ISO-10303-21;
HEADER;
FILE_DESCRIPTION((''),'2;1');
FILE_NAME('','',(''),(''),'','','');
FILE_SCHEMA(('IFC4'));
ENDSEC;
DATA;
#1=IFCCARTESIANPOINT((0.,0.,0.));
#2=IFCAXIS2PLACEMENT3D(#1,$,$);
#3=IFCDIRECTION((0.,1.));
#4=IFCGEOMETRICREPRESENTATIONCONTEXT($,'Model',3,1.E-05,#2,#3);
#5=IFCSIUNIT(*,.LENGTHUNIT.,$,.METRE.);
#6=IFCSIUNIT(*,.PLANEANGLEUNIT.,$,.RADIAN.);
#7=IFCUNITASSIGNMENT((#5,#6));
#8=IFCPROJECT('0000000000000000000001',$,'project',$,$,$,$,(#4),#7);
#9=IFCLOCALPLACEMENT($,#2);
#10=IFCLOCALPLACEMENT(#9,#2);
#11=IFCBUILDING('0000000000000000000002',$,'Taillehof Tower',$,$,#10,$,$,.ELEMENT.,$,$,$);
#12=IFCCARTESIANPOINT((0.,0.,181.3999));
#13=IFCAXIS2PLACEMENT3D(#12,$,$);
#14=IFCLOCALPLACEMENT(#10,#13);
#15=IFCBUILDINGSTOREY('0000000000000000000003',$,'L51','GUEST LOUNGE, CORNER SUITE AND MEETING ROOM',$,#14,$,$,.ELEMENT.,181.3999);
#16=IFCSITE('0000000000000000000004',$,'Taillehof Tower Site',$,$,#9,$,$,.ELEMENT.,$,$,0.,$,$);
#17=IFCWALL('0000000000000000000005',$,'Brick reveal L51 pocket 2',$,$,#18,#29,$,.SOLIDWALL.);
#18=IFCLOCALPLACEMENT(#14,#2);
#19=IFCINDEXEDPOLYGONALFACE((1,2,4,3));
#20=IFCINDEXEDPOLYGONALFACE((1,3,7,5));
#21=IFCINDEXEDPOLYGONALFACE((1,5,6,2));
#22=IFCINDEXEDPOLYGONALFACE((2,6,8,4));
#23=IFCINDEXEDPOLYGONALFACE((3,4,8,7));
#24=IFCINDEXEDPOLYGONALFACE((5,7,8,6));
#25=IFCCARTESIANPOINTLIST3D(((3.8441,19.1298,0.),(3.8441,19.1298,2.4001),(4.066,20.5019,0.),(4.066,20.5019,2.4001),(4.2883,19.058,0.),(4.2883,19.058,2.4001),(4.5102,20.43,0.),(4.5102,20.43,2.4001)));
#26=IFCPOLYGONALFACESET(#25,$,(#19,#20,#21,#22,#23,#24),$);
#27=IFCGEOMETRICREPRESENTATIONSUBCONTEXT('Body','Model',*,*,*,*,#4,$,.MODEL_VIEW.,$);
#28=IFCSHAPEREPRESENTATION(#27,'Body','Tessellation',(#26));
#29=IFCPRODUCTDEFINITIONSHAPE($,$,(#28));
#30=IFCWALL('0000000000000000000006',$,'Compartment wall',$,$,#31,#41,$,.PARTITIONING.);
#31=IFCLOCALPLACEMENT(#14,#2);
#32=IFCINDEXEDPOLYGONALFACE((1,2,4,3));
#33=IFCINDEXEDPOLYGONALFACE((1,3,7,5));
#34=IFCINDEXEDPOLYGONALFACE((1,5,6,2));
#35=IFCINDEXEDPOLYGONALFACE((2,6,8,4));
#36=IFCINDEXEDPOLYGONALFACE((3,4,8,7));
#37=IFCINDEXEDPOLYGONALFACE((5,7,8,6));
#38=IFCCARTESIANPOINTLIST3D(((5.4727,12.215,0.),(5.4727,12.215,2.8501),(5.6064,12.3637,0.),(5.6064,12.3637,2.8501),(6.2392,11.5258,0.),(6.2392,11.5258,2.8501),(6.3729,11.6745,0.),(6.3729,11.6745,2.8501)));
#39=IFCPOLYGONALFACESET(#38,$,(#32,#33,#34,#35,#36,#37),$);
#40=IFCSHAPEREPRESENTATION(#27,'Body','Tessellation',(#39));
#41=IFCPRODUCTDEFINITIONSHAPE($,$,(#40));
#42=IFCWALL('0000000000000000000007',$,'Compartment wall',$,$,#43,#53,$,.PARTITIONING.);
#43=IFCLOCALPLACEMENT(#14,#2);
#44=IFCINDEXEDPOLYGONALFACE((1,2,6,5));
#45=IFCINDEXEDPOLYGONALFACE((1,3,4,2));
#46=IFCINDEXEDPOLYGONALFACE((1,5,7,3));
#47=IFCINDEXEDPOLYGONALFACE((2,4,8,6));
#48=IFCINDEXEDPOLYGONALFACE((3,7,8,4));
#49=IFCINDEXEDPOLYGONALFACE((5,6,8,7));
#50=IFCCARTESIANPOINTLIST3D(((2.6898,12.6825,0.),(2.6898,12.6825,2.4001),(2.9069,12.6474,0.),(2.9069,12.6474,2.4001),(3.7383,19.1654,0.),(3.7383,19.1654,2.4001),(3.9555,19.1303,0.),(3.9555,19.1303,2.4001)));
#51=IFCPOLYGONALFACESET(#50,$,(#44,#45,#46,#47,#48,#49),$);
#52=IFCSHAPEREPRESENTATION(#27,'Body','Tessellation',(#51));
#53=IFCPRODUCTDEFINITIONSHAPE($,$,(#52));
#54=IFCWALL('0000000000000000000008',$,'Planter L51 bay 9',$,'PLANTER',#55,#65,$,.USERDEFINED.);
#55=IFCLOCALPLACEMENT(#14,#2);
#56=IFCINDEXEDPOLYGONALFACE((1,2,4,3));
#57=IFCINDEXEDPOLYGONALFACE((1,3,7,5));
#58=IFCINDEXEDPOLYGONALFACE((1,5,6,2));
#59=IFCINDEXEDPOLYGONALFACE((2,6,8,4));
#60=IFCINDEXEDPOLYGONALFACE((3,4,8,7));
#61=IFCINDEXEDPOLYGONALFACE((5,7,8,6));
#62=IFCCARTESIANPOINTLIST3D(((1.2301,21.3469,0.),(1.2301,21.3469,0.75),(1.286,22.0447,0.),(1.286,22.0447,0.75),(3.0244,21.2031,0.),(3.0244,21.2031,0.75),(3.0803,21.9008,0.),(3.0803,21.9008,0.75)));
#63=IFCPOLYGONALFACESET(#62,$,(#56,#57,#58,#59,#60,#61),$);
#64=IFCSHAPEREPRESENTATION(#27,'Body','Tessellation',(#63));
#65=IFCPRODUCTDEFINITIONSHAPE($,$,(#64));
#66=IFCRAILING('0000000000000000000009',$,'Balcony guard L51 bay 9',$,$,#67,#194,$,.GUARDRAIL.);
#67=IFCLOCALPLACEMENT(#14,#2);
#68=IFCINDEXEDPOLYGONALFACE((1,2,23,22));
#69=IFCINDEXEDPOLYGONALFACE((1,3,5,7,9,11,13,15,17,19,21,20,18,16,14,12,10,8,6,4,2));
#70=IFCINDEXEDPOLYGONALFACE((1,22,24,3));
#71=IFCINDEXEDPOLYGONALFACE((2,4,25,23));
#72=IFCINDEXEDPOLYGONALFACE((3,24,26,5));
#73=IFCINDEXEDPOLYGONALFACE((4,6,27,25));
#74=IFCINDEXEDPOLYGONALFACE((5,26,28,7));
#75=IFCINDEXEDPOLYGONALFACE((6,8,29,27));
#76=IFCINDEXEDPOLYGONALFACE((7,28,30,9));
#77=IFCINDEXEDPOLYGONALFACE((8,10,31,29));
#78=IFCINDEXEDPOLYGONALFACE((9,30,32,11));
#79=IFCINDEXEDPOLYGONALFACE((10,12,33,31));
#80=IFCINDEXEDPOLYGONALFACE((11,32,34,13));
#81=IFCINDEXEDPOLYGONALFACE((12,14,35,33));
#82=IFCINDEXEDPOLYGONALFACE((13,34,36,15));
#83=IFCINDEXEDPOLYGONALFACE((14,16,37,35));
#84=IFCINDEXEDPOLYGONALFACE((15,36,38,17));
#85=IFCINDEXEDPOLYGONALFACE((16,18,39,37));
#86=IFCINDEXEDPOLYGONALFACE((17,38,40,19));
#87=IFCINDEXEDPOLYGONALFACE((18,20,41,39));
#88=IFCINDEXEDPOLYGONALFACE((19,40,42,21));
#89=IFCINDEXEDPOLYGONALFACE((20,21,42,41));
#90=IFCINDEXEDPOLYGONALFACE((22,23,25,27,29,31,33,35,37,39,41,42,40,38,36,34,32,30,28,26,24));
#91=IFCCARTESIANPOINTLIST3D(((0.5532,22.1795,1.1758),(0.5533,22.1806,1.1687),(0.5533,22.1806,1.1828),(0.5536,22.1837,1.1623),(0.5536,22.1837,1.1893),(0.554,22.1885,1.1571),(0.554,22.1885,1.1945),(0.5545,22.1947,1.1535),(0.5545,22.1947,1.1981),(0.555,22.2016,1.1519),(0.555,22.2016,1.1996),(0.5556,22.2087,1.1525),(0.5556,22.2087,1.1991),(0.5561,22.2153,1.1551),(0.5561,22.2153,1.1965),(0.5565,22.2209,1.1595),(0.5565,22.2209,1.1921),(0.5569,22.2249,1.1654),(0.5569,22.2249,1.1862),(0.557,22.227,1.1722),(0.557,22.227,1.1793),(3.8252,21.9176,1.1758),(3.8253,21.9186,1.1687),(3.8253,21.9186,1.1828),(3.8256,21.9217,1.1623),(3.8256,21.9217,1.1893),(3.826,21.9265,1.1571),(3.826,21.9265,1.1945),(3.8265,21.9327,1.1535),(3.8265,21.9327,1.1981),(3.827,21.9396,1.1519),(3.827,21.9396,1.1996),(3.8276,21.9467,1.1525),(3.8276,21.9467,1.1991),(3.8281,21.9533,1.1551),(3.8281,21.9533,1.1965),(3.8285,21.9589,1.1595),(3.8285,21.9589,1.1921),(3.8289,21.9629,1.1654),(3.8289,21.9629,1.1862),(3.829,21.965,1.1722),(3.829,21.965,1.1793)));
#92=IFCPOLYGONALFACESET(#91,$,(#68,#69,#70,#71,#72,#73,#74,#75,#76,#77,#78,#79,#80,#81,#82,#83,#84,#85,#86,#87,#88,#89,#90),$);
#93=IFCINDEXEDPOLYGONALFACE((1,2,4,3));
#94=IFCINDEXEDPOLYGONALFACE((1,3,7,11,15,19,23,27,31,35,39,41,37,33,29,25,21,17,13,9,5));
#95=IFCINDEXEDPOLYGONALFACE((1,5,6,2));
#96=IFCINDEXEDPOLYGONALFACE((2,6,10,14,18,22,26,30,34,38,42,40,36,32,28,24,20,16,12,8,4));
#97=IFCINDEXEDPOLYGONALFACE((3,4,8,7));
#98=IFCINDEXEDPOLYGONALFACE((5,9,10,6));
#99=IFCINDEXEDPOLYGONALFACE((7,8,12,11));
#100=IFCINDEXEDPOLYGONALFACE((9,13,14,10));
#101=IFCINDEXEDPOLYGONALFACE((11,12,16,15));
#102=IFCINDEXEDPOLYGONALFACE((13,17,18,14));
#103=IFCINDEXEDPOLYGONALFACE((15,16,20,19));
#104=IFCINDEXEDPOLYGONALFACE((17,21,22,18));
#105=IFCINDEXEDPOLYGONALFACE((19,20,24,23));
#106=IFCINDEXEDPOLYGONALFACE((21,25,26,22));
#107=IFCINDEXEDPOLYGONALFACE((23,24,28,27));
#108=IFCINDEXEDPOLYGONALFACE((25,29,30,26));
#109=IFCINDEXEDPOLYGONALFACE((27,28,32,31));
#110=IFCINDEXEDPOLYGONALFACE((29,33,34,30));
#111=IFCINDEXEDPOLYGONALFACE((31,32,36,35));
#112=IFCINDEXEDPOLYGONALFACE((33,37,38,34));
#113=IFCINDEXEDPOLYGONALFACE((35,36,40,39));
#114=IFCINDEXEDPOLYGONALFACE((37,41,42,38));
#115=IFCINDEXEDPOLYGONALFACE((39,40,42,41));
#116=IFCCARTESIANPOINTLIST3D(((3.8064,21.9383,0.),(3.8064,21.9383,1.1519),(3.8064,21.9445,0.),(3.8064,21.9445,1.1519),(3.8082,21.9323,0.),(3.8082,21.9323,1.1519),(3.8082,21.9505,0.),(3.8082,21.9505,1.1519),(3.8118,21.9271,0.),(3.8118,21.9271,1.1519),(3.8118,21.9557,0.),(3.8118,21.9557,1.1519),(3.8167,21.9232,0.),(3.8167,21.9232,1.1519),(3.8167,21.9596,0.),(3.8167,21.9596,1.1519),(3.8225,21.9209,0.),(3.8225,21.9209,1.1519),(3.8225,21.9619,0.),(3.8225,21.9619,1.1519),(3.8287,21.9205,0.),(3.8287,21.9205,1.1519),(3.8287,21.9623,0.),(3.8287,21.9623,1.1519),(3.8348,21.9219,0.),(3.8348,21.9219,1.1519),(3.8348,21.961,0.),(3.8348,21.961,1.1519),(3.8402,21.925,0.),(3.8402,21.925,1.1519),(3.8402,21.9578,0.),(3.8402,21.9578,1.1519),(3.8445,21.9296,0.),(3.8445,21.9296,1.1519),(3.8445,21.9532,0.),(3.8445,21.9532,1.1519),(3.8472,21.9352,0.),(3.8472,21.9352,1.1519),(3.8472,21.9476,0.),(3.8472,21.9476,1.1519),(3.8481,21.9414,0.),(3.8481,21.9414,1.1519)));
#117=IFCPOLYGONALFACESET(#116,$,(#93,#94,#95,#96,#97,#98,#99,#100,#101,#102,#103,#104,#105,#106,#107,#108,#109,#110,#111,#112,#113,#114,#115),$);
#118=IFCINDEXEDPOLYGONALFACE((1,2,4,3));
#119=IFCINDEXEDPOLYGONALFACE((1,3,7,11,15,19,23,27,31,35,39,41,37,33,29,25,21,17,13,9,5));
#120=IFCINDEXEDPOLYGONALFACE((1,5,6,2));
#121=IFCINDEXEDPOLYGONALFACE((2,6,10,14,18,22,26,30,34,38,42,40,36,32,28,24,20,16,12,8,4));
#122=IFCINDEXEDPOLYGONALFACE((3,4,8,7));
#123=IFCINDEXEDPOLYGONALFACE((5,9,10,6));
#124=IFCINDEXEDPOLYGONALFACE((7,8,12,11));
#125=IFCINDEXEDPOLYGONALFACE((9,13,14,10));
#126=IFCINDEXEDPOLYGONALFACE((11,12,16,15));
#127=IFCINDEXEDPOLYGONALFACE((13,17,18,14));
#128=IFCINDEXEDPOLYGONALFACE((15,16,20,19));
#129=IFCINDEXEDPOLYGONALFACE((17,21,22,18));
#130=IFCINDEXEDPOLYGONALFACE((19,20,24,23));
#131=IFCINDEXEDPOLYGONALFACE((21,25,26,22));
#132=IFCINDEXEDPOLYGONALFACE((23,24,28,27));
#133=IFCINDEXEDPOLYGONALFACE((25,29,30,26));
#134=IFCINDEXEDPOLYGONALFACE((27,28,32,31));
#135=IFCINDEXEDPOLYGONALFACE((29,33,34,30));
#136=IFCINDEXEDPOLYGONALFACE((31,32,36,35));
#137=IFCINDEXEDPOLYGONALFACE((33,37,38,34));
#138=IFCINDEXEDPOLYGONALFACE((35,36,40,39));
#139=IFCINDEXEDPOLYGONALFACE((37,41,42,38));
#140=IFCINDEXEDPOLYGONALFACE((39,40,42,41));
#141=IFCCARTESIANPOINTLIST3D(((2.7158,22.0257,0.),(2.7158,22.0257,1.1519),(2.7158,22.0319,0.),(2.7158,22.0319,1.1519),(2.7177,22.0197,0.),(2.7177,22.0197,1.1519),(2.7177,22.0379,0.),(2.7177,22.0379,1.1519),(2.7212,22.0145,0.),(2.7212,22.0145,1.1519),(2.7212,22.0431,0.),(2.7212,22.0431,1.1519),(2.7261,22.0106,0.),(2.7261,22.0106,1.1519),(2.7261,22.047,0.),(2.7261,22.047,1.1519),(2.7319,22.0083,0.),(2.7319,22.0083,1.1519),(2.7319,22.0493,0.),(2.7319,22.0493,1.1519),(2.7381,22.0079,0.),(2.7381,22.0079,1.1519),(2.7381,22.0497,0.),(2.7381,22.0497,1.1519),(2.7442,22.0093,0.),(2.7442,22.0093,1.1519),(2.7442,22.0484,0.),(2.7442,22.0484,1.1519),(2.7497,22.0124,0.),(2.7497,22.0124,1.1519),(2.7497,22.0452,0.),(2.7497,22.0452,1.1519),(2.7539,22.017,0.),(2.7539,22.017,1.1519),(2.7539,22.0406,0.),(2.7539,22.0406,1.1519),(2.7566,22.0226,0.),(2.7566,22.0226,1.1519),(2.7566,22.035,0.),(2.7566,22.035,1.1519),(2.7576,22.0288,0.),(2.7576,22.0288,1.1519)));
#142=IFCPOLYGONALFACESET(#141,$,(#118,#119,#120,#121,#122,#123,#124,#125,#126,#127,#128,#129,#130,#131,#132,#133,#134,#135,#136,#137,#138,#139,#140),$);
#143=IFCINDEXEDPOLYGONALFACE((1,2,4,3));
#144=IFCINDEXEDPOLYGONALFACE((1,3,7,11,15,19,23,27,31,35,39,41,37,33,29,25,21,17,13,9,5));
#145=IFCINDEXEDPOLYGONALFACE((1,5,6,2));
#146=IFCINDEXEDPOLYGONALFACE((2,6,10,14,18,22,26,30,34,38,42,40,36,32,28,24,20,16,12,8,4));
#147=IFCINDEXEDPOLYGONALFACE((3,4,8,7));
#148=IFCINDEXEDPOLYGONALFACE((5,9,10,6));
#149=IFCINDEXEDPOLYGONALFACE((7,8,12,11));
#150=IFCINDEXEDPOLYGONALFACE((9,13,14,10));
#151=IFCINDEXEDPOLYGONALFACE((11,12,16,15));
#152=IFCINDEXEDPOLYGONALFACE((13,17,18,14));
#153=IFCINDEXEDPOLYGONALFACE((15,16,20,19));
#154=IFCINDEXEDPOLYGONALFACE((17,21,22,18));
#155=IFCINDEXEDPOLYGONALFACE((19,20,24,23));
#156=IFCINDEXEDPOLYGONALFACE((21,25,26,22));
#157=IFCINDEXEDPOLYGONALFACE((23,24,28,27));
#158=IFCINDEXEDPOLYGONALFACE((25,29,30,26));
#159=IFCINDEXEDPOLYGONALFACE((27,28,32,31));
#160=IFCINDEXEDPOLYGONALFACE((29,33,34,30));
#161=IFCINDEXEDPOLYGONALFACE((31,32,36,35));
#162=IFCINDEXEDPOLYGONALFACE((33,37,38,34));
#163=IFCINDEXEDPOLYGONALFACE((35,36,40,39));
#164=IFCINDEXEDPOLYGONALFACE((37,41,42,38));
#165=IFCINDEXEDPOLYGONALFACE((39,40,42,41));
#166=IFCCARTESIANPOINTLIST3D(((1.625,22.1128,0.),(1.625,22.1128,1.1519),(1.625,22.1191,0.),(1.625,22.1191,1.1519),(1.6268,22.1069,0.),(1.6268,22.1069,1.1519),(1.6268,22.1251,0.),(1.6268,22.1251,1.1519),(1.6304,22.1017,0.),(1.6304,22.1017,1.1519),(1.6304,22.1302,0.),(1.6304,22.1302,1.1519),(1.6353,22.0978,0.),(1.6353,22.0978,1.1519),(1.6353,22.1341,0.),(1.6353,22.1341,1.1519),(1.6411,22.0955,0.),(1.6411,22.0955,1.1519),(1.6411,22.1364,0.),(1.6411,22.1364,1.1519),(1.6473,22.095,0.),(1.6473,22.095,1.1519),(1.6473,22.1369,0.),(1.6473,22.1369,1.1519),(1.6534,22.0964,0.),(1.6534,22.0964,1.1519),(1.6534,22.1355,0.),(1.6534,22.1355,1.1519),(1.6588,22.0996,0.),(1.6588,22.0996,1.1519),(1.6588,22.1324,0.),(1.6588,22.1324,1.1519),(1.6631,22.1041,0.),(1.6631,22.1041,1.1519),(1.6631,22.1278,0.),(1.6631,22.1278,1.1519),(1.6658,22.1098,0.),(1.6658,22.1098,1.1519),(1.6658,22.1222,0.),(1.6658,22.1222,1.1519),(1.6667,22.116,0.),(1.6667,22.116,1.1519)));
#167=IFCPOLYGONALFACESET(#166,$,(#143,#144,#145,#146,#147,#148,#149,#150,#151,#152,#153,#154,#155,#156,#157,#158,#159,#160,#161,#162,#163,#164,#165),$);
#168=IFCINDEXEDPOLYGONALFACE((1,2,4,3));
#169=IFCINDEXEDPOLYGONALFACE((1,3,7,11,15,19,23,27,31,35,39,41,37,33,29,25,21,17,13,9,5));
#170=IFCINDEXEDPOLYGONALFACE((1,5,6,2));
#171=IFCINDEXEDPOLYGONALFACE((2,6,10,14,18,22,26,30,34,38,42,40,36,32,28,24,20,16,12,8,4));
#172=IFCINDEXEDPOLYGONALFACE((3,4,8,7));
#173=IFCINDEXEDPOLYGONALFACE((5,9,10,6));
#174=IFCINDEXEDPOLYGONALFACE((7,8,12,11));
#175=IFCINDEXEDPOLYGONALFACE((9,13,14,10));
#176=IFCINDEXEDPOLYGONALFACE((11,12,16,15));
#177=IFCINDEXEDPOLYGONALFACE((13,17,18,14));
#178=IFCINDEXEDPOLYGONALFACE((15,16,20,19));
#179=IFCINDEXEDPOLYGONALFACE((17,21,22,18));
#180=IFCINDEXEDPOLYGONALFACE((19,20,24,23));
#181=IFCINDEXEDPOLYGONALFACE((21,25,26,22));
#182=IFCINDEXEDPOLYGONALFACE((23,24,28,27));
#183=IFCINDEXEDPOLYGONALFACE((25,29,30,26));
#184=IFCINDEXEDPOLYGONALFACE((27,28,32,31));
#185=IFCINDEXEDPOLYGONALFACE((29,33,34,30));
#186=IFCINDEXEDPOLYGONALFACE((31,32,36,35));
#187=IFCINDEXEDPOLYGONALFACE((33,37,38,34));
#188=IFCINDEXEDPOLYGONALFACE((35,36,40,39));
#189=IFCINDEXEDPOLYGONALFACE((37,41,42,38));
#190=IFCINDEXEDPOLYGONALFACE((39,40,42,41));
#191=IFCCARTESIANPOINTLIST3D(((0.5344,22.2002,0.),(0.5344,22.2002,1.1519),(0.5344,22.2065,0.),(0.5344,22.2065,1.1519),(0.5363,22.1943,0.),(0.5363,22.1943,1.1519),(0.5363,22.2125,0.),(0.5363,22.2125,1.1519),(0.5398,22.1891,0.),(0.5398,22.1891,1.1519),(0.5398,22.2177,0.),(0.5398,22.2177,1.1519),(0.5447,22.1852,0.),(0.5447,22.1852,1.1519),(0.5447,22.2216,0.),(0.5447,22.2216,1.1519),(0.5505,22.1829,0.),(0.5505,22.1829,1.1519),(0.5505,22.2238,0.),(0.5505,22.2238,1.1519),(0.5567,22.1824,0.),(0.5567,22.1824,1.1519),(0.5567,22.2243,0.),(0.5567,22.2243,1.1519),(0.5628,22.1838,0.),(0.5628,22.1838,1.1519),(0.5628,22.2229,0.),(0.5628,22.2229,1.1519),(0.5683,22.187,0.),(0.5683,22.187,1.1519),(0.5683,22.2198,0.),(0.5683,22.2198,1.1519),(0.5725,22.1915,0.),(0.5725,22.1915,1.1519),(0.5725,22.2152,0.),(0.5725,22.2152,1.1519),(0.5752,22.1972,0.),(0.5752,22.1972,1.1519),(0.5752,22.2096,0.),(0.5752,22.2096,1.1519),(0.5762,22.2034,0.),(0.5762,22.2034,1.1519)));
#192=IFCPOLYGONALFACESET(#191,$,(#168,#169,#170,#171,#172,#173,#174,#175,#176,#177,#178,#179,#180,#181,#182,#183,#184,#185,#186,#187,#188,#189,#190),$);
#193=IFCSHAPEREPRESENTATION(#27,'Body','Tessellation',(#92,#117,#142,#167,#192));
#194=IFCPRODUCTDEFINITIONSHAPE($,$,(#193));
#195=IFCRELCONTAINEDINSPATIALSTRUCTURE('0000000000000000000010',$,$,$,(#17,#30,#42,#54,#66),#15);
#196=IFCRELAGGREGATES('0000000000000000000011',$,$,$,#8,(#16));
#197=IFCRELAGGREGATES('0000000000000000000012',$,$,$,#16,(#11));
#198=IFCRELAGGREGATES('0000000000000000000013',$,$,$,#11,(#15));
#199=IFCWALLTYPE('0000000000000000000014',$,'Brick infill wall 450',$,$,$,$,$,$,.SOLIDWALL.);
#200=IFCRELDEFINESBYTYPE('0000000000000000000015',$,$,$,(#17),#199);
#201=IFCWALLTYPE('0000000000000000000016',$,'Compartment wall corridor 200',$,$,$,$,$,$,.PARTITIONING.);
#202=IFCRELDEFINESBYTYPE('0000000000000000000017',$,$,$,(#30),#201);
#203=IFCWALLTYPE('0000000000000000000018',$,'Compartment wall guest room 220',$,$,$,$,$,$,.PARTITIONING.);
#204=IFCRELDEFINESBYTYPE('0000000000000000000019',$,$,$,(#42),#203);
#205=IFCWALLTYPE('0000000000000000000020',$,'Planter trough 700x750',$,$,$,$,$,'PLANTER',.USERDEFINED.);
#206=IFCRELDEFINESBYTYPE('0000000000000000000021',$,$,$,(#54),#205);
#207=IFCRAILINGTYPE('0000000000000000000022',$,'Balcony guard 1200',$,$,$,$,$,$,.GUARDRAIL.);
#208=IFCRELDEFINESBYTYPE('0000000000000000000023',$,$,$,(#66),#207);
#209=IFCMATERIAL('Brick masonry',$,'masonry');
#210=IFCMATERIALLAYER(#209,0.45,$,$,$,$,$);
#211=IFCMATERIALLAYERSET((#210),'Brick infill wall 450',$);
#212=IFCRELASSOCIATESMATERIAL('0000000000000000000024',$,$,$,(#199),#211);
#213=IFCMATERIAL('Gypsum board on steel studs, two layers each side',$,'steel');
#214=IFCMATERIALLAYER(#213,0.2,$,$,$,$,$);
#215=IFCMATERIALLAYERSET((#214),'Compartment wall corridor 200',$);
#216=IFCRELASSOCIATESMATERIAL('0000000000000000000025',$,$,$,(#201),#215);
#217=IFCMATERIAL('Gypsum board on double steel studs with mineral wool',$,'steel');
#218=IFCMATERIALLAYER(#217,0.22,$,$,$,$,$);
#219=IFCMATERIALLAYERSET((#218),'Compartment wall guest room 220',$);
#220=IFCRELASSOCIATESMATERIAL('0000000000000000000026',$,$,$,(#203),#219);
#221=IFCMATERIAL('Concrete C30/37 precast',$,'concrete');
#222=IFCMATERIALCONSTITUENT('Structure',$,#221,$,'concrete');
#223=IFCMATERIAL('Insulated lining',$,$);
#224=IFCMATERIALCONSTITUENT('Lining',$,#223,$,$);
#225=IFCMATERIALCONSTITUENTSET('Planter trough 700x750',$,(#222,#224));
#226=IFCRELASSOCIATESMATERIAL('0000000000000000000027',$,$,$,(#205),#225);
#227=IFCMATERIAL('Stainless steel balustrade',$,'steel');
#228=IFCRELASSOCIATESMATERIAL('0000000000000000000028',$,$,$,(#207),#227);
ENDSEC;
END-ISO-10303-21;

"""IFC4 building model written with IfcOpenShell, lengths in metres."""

from ifc_helpers import new_model, si_unit, direction, frame, frame_2d, origin, origin_2d, place, context, subcontext, project, spatial, rectangle, circle, extrude, material, layer, layer_set, constituent, constituent_set, type_object, element, save


model = new_model("IFC4")

# Units and contexts
model_context = context("Model", 3, precision=1e-05, world=origin(), true_north=direction((0.0, 1.0)))
body_context = subcontext(model_context, "Body", "Model", "MODEL_VIEW")
ifc_project = project(units=[si_unit("LENGTHUNIT", "METRE"), si_unit("PLANEANGLEUNIT", "RADIAN")], contexts=[model_context])

# Site, building, storey
site_placement = place(None, origin())
site = spatial("IfcSite", under=ifc_project, at=site_placement, Name="Taillehof Tower Site", CompositionType="ELEMENT", RefElevation=0.0)
building_placement = place(site_placement, origin())
building = spatial("IfcBuilding", under=site, at=building_placement, Name="Taillehof Tower", CompositionType="ELEMENT")
storey_placement = place(building_placement, frame((0.0, 0.0, 181.3999)))
storey = spatial("IfcBuildingStorey", under=building, at=storey_placement, Name="L51", Description="GUEST LOUNGE, CORNER SUITE AND MEETING ROOM", CompositionType="ELEMENT", Elevation=181.3999)

# Shared definitions
ifc_material_1 = material(Name="Brick masonry", Category="masonry")
ifc_layer_1 = layer(ifc_material_1, 0.45)
ifc_layer_set_1 = layer_set([ifc_layer_1], Name="Brick infill wall 450")
wall_type_1 = type_object("IfcWallType", Name="Brick infill wall 450", PredefinedType="SOLIDWALL", material=ifc_layer_set_1)

# Wall
wall_1_placement = place(storey_placement, frame((4.2881, 20.4658, 0.0), z_axis=(0.0, 0.0, 1.0), x_axis=(-0.159669, -0.987171, 0.0)))
element("IfcWall", 1, at=wall_1_placement, inside=storey, type_object=wall_type_1, Name="Brick reveal L51 pocket 2", PredefinedType="SOLIDWALL", context=body_context, shape_type="SweptSolid", body=[
    extrude(rectangle(XDim=1.3899, YDim=0.45, at=frame_2d((0.6948, 0.0))), origin(), (0.0, 0.0, 1.0), 2.4001),
])

# Walls
ifc_material_2 = material(Name="Gypsum board on steel studs, two layers each side", Category="steel")
ifc_layer_2 = layer(ifc_material_2, 0.2)
ifc_layer_set_2 = layer_set([ifc_layer_2], Name="Compartment wall corridor 200")
wall_type_2 = type_object("IfcWallType", Name="Compartment wall corridor 200", PredefinedType="PARTITIONING", material=ifc_layer_set_2)
wall_2_placement = place(storey_placement, frame((5.5396, 12.2893, 0.0), z_axis=(0.0, 0.0, 1.0), x_axis=(0.743647, -0.668572, 0.0)))
element("IfcWall", 2, at=wall_2_placement, inside=storey, type_object=wall_type_2, Name="Compartment wall", PredefinedType="PARTITIONING", context=body_context, shape_type="SweptSolid", body=[
    extrude(rectangle(XDim=1.0308, YDim=0.2, at=frame_2d((0.5154, 0.0))), origin(), (0.0, 0.0, 1.0), 2.8501),
])
ifc_material_3 = material(Name="Gypsum board on double steel studs with mineral wool", Category="steel")
ifc_layer_3 = layer(ifc_material_3, 0.22)
ifc_layer_set_3 = layer_set([ifc_layer_3], Name="Compartment wall guest room 220")
wall_type_3 = type_object("IfcWallType", Name="Compartment wall guest room 220", PredefinedType="PARTITIONING", material=ifc_layer_set_3)
wall_3_placement = place(storey_placement, frame((3.8469, 19.1479, 0.0), z_axis=(0.0, 0.0, 1.0), x_axis=(-0.159671, -0.98717, 0.0)))
element("IfcWall", 3, at=wall_3_placement, inside=storey, type_object=wall_type_3, Name="Compartment wall", PredefinedType="PARTITIONING", context=body_context, shape_type="SweptSolid", body=[
    extrude(rectangle(XDim=6.5671, YDim=0.22, at=frame_2d((3.2837, 0.0))), origin(), (0.0, 0.0, 1.0), 2.4001),
])
ifc_material_4 = material(Name="Concrete C30/37 precast", Category="concrete")
ifc_constituent_1 = constituent(ifc_material_4, Name="Structure", Category="concrete")
ifc_material_5 = material(Name="Insulated lining")
ifc_constituent_2 = constituent(ifc_material_5, Name="Lining")
ifc_constituent_set = constituent_set(constituents=[ifc_constituent_1, ifc_constituent_2], Name="Planter trough 700x750")
wall_type_4 = type_object("IfcWallType", Name="Planter trough 700x750", ElementType="PLANTER", PredefinedType="USERDEFINED", material=ifc_constituent_set)
wall_4_placement = place(storey_placement, frame((3.0522, 21.552, 0.0), z_axis=(0.0, 0.0, 1.0), x_axis=(-0.996804, 0.079891, 0.0)))
element("IfcWall", 4, at=wall_4_placement, inside=storey, type_object=wall_type_4, Name="Planter L51 bay 9", ObjectType="PLANTER", PredefinedType="USERDEFINED", context=body_context, shape_type="SweptSolid", body=[
    extrude(rectangle(XDim=1.8, YDim=0.7, at=frame_2d((0.8999, 0.0))), origin(), (0.0, 0.0, 1.0), 0.75),
])

# Railing
ifc_material_6 = material(Name="Stainless steel balustrade", Category="steel")
railing_type = type_object("IfcRailingType", Name="Balcony guard 1200", PredefinedType="GUARDRAIL", material=ifc_material_6)
railing_1_placement = place(storey_placement, frame((3.8271, 21.9414, 0.0)))
element("IfcRailing", 5, at=railing_1_placement, inside=storey, type_object=railing_type, Name="Balcony guard L51 bay 9", PredefinedType="GUARDRAIL", context=body_context, shape_type="SweptSolid", body=[
    extrude(circle(Radius=0.0239, at=origin_2d()), frame((0.0, 0.0, 1.1758), z_axis=(-0.99681, 0.079807, 0.0), x_axis=(-0.079807, -0.99681, 0.0)), (0.0, 0.0, 1.0), 3.2825),
    extrude(circle(Radius=0.021, at=origin_2d()), origin(), (0.0, 0.0, 1.0), 1.1519),
    extrude(circle(Radius=0.021, at=origin_2d()), frame((-1.0906, 0.0874, 0.0)), (0.0, 0.0, 1.0), 1.1519),
    extrude(circle(Radius=0.021, at=origin_2d()), frame((-2.1814, 0.1746, 0.0)), (0.0, 0.0, 1.0), 1.1519),
    extrude(circle(Radius=0.021, at=origin_2d()), frame((-3.272, 0.262, 0.0)), (0.0, 0.0, 1.0), 1.1519),
])

save(model, "model.ifc")
